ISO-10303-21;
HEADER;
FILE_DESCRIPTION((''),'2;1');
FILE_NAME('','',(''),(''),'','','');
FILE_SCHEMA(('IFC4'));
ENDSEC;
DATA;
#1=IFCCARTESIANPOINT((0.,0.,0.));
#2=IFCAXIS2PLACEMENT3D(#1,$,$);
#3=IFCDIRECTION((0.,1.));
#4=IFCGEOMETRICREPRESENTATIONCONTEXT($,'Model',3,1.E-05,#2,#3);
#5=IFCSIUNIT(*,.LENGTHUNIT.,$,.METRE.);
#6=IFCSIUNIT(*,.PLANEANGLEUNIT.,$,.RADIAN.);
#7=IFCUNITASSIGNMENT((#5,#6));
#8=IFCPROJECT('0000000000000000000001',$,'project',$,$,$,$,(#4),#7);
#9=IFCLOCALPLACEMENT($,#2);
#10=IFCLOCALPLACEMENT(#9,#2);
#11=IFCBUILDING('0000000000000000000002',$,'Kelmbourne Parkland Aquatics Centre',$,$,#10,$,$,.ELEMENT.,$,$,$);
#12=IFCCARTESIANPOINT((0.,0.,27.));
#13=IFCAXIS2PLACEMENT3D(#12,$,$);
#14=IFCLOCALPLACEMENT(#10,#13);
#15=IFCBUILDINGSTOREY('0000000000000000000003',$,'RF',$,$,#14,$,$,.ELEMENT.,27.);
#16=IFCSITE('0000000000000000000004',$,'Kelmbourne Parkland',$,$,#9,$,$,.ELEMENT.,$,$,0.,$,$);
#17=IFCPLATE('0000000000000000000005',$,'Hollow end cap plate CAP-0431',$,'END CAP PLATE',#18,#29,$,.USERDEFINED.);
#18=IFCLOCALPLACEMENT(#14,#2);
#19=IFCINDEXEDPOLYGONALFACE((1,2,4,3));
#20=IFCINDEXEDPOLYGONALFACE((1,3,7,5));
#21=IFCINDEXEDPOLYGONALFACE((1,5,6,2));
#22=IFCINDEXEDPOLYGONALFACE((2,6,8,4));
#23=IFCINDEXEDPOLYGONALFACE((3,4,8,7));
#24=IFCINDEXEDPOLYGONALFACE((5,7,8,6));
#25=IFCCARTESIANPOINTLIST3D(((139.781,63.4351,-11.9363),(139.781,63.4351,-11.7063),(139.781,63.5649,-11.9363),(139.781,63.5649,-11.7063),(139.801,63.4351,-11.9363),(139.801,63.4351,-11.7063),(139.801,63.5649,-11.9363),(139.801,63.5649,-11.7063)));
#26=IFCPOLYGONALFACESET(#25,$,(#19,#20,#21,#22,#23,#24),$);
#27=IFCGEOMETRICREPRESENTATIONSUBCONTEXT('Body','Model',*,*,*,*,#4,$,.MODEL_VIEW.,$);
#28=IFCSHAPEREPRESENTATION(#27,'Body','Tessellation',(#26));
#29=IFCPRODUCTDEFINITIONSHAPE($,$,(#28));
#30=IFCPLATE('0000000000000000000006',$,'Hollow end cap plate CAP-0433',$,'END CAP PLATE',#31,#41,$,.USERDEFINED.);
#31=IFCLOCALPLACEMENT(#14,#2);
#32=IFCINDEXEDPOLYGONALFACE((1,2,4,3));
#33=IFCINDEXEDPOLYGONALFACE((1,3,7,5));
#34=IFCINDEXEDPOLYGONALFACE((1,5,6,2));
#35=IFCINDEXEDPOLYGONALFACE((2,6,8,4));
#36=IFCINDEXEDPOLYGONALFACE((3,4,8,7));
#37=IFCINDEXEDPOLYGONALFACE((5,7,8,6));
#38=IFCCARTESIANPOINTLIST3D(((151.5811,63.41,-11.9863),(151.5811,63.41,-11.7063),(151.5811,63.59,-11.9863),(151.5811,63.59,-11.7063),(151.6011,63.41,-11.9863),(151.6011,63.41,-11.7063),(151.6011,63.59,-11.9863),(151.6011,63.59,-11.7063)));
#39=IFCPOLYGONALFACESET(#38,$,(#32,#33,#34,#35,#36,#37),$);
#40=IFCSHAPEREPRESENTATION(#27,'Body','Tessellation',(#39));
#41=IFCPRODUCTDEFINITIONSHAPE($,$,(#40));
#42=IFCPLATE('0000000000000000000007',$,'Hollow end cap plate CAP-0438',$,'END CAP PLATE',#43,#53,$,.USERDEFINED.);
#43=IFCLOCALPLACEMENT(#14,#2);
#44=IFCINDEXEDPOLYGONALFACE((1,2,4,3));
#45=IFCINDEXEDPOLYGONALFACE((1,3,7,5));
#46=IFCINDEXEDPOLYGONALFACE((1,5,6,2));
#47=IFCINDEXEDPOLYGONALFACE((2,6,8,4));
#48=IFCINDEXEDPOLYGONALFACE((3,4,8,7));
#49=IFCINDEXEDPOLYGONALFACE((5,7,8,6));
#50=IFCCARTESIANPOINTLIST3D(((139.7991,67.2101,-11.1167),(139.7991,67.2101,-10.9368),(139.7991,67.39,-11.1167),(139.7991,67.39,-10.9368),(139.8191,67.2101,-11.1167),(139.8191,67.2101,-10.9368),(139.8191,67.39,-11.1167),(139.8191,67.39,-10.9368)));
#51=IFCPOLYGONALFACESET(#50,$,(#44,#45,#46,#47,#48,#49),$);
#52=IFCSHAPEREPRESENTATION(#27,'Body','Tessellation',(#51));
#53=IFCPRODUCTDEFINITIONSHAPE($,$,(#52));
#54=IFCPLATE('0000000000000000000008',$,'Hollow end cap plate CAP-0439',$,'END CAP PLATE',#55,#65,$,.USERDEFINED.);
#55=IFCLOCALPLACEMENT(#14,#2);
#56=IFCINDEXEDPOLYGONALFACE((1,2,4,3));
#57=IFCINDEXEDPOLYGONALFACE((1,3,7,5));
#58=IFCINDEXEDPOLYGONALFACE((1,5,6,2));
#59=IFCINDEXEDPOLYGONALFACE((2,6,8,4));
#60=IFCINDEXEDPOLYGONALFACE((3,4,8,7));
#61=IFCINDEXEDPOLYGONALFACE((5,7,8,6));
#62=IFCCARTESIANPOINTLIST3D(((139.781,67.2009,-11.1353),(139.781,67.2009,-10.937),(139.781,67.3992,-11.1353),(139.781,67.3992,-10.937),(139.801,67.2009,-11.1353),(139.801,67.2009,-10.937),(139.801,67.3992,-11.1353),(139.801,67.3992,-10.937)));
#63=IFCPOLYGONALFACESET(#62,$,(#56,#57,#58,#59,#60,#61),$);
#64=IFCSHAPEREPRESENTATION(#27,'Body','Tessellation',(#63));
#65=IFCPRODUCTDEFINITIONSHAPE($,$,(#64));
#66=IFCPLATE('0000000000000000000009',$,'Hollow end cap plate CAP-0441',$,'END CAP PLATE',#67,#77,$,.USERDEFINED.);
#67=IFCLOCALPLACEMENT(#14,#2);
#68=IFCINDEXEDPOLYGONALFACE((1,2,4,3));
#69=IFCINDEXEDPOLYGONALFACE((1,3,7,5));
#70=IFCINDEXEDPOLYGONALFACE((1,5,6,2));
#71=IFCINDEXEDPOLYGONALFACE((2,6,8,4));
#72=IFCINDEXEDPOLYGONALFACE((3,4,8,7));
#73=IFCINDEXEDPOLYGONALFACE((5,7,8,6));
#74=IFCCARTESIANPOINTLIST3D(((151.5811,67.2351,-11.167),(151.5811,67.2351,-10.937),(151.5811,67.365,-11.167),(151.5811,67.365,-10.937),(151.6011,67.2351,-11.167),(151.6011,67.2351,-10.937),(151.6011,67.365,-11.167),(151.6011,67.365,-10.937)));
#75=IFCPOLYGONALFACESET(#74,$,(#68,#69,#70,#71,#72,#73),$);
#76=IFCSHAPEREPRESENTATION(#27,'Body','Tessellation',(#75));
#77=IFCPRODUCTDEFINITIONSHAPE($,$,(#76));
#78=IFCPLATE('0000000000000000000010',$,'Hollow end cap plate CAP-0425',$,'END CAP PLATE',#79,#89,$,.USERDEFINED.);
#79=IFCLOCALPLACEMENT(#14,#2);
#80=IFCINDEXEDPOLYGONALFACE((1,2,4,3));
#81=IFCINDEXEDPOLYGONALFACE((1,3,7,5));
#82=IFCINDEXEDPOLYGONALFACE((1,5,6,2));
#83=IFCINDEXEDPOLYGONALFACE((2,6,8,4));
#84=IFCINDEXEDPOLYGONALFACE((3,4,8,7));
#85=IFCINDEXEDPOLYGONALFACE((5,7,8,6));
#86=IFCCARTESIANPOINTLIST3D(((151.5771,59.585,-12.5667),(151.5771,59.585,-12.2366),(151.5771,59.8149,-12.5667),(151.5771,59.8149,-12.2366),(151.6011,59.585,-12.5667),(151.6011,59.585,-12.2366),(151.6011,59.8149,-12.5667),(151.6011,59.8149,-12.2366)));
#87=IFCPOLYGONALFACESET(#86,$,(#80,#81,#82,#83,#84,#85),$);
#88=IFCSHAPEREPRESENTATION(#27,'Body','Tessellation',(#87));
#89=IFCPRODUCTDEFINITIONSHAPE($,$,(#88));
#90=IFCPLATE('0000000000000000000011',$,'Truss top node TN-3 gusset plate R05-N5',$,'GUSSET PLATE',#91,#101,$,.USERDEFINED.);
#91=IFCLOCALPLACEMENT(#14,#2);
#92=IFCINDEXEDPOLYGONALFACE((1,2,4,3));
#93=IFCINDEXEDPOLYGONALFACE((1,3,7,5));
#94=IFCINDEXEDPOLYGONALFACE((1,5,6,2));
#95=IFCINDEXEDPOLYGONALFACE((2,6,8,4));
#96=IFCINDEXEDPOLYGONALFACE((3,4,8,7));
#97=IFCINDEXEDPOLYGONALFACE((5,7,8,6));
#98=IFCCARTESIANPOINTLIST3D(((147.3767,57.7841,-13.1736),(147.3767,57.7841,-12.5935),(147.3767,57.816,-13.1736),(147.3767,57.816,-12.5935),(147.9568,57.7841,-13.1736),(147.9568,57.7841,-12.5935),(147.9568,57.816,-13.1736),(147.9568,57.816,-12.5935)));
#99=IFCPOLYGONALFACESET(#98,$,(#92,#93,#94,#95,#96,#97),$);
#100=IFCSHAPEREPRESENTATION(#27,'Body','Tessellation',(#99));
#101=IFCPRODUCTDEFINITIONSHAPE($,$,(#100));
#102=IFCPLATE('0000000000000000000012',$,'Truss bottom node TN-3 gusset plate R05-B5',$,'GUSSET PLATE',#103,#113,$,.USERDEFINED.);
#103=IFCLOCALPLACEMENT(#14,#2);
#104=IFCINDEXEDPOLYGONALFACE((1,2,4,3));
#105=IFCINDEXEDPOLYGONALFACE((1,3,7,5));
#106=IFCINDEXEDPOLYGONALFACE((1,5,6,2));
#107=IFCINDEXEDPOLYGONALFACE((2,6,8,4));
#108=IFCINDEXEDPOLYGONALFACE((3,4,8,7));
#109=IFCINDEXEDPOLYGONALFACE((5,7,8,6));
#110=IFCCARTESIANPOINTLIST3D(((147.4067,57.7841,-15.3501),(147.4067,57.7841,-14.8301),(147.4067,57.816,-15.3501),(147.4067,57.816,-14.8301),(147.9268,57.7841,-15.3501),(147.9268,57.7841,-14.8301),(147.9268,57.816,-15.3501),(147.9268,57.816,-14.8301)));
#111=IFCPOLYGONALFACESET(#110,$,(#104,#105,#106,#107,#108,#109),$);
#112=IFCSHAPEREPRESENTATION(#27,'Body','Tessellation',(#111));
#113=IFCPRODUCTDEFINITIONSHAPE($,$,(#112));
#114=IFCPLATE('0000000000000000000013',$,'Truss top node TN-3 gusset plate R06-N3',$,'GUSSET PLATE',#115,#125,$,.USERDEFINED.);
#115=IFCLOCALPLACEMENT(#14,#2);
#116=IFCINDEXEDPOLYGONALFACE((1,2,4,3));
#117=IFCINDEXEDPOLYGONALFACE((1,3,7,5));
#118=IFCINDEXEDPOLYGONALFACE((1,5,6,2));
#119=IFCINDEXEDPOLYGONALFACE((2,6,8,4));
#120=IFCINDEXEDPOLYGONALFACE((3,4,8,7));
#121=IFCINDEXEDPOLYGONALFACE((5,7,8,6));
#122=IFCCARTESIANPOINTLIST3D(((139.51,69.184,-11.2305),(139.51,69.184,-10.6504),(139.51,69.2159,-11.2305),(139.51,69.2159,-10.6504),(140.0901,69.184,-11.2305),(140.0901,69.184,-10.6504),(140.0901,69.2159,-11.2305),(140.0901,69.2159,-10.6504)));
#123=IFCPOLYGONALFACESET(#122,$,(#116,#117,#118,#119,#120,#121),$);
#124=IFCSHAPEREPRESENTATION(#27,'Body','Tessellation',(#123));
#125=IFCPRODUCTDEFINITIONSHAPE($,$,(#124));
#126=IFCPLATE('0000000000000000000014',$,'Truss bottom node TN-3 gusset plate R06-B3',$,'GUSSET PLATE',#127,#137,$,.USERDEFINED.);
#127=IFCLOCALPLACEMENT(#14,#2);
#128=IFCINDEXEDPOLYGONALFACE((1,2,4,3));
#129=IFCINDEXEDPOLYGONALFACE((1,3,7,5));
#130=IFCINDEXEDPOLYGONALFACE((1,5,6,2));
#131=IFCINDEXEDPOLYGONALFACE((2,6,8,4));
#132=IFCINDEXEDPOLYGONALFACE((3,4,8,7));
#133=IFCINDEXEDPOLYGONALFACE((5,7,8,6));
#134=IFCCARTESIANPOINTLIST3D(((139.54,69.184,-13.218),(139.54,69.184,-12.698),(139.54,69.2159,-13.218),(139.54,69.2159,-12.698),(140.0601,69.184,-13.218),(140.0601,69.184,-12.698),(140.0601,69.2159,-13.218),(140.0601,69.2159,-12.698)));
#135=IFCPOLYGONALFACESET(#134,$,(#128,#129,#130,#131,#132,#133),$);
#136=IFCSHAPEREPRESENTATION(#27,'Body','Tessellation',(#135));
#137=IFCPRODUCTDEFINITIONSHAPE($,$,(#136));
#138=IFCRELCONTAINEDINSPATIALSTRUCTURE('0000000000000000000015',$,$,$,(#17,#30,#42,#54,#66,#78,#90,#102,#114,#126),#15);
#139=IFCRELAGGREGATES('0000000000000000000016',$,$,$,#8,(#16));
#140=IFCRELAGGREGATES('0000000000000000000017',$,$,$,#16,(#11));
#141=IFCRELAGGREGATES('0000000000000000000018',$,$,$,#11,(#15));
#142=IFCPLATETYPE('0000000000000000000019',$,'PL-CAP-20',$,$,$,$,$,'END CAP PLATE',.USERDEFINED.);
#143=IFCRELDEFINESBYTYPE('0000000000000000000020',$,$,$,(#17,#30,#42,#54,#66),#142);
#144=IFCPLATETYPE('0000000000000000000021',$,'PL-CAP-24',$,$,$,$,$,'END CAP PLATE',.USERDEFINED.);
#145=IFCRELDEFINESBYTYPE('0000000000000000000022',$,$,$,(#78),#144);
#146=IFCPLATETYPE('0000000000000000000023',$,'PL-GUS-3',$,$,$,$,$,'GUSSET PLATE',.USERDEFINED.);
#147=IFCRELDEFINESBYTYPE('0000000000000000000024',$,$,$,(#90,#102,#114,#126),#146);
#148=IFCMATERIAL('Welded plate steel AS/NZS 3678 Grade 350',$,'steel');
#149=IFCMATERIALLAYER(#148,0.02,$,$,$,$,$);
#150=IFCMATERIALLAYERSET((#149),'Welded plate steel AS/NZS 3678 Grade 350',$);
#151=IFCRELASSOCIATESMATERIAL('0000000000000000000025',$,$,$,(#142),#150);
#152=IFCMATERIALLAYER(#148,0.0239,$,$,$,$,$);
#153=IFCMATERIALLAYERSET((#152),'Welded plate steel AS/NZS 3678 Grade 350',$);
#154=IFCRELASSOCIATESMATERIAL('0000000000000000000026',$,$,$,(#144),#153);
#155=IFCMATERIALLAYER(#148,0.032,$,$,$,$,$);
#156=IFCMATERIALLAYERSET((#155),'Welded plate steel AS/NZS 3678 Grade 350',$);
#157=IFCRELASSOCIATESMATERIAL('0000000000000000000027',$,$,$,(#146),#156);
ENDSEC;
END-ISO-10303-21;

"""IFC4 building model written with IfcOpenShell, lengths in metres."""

from ifc_helpers import new_model, si_unit, direction, frame, origin, origin_2d, place, context, subcontext, project, spatial, rectangle, extrude, material, layer, layer_set, type_object, element, save


model = new_model("IFC4")

# Units and contexts
model_context = context("Model", 3, precision=1e-05, world=origin(), true_north=direction((0.0, 1.0)))
body_context = subcontext(model_context, "Body", "Model", "MODEL_VIEW")
ifc_project = project(units=[si_unit("LENGTHUNIT", "METRE"), si_unit("PLANEANGLEUNIT", "RADIAN")], contexts=[model_context])

# Site, building, storey
site_placement = place(None, origin())
site = spatial("IfcSite", under=ifc_project, at=site_placement, Name="Kelmbourne Parkland", CompositionType="ELEMENT", RefElevation=0.0)
building_placement = place(site_placement, origin())
building = spatial("IfcBuilding", under=site, at=building_placement, Name="Kelmbourne Parkland Aquatics Centre", CompositionType="ELEMENT")
storey_placement = place(building_placement, frame((0.0, 0.0, 27.0)))
storey = spatial("IfcBuildingStorey", under=building, at=storey_placement, Name="RF", CompositionType="ELEMENT", Elevation=27.0)

# Shared definitions
ifc_material_1 = material(Name="Welded plate steel AS/NZS 3678 Grade 350", Category="steel")

# Plates
ifc_layer_1 = layer(ifc_material_1, 0.02)
ifc_layer_set_1 = layer_set([ifc_layer_1], Name="Welded plate steel AS/NZS 3678 Grade 350")
plate_type_1 = type_object("IfcPlateType", Name="PL-CAP-20", ElementType="END CAP PLATE", PredefinedType="USERDEFINED", material=ifc_layer_set_1)
plate_1_placement = place(storey_placement, frame((139.791, 63.5, -11.9363), z_axis=(0.0, 0.0, 1.0), x_axis=(-1.0, 0.0, 0.0)))
element("IfcPlate", 1, at=plate_1_placement, inside=storey, type_object=plate_type_1, Name="Hollow end cap plate CAP-0431", ObjectType="END CAP PLATE", PredefinedType="USERDEFINED", context=body_context, shape_type="SweptSolid", body=[
    extrude(rectangle(XDim=0.02, YDim=0.1299, at=origin_2d()), origin(), (0.0, 0.0, 1.0), 0.23),
])
plate_2_placement = place(storey_placement, frame((151.5911, 63.5, -11.9863), z_axis=(0.0, 0.0, 1.0), x_axis=(-1.0, 0.0, 0.0)))
element("IfcPlate", 2, at=plate_2_placement, inside=storey, type_object=plate_type_1, Name="Hollow end cap plate CAP-0433", ObjectType="END CAP PLATE", PredefinedType="USERDEFINED", context=body_context, shape_type="SweptSolid", body=[
    extrude(rectangle(XDim=0.02, YDim=0.1799, at=origin_2d()), origin(), (0.0, 0.0, 1.0), 0.28),
])
plate_3_placement = place(storey_placement, frame((139.8091, 67.3, -11.1167), z_axis=(0.0, 0.0, 1.0), x_axis=(1.0, 0.0, 0.0)))
element("IfcPlate", 3, at=plate_3_placement, inside=storey, type_object=plate_type_1, Name="Hollow end cap plate CAP-0438", ObjectType="END CAP PLATE", PredefinedType="USERDEFINED", context=body_context, shape_type="SweptSolid", body=[
    extrude(rectangle(XDim=0.02, YDim=0.1799, at=origin_2d()), origin(), (0.0, 0.0, 1.0), 0.1799),
])
plate_4_placement = place(storey_placement, frame((139.791, 67.3, -11.1353), z_axis=(0.0, 0.0, 1.0), x_axis=(-1.0, 0.0, 0.0)))
element("IfcPlate", 4, at=plate_4_placement, inside=storey, type_object=plate_type_1, Name="Hollow end cap plate CAP-0439", ObjectType="END CAP PLATE", PredefinedType="USERDEFINED", context=body_context, shape_type="SweptSolid", body=[
    extrude(rectangle(XDim=0.02, YDim=0.1982, at=origin_2d()), origin(), (0.0, 0.0, 1.0), 0.1982),
])
plate_5_placement = place(storey_placement, frame((151.5911, 67.3, -11.167), z_axis=(0.0, 0.0, 1.0), x_axis=(-1.0, 0.0, 0.0)))
element("IfcPlate", 5, at=plate_5_placement, inside=storey, type_object=plate_type_1, Name="Hollow end cap plate CAP-0441", ObjectType="END CAP PLATE", PredefinedType="USERDEFINED", context=body_context, shape_type="SweptSolid", body=[
    extrude(rectangle(XDim=0.02, YDim=0.1299, at=origin_2d()), origin(), (0.0, 0.0, 1.0), 0.23),
])
ifc_layer_2 = layer(ifc_material_1, 0.0239)
ifc_layer_set_2 = layer_set([ifc_layer_2], Name="Welded plate steel AS/NZS 3678 Grade 350")
plate_type_2 = type_object("IfcPlateType", Name="PL-CAP-24", ElementType="END CAP PLATE", PredefinedType="USERDEFINED", material=ifc_layer_set_2)
plate_6_placement = place(storey_placement, frame((151.5891, 59.7, -12.5667), z_axis=(0.0, 0.0, 1.0), x_axis=(-1.0, 0.0, 0.0)))
element("IfcPlate", 6, at=plate_6_placement, inside=storey, type_object=plate_type_2, Name="Hollow end cap plate CAP-0425", ObjectType="END CAP PLATE", PredefinedType="USERDEFINED", context=body_context, shape_type="SweptSolid", body=[
    extrude(rectangle(XDim=0.0239, YDim=0.23, at=origin_2d()), origin(), (0.0, 0.0, 1.0), 0.3301),
])
ifc_layer_3 = layer(ifc_material_1, 0.032)
ifc_layer_set_3 = layer_set([ifc_layer_3], Name="Welded plate steel AS/NZS 3678 Grade 350")
plate_type_3 = type_object("IfcPlateType", Name="PL-GUS-3", ElementType="GUSSET PLATE", PredefinedType="USERDEFINED", material=ifc_layer_set_3)
plate_7_placement = place(storey_placement, frame((147.6667, 57.8, -13.1736), z_axis=(0.0, 0.0, 1.0), x_axis=(1.0, 0.0, 0.0)))
element("IfcPlate", 7, at=plate_7_placement, inside=storey, type_object=plate_type_3, Name="Truss top node TN-3 gusset plate R05-N5", ObjectType="GUSSET PLATE", PredefinedType="USERDEFINED", context=body_context, shape_type="SweptSolid", body=[
    extrude(rectangle(XDim=0.5801, YDim=0.032, at=origin_2d()), origin(), (0.0, 0.0, 1.0), 0.5801),
])
plate_8_placement = place(storey_placement, frame((147.6667, 57.8, -15.3501), z_axis=(0.0, 0.0, 1.0), x_axis=(1.0, 0.0, 0.0)))
element("IfcPlate", 8, at=plate_8_placement, inside=storey, type_object=plate_type_3, Name="Truss bottom node TN-3 gusset plate R05-B5", ObjectType="GUSSET PLATE", PredefinedType="USERDEFINED", context=body_context, shape_type="SweptSolid", body=[
    extrude(rectangle(XDim=0.52, YDim=0.032, at=origin_2d()), origin(), (0.0, 0.0, 1.0), 0.52),
])
plate_9_placement = place(storey_placement, frame((139.8, 69.2, -11.2305), z_axis=(0.0, 0.0, 1.0), x_axis=(1.0, 0.0, 0.0)))
element("IfcPlate", 9, at=plate_9_placement, inside=storey, type_object=plate_type_3, Name="Truss top node TN-3 gusset plate R06-N3", ObjectType="GUSSET PLATE", PredefinedType="USERDEFINED", context=body_context, shape_type="SweptSolid", body=[
    extrude(rectangle(XDim=0.5801, YDim=0.032, at=origin_2d()), origin(), (0.0, 0.0, 1.0), 0.5801),
])
plate_10_placement = place(storey_placement, frame((139.8, 69.2, -13.218), z_axis=(0.0, 0.0, 1.0), x_axis=(1.0, 0.0, 0.0)))
element("IfcPlate", 10, at=plate_10_placement, inside=storey, type_object=plate_type_3, Name="Truss bottom node TN-3 gusset plate R06-B3", ObjectType="GUSSET PLATE", PredefinedType="USERDEFINED", context=body_context, shape_type="SweptSolid", body=[
    extrude(rectangle(XDim=0.52, YDim=0.032, at=origin_2d()), origin(), (0.0, 0.0, 1.0), 0.52),
])

save(model, "model.ifc")
